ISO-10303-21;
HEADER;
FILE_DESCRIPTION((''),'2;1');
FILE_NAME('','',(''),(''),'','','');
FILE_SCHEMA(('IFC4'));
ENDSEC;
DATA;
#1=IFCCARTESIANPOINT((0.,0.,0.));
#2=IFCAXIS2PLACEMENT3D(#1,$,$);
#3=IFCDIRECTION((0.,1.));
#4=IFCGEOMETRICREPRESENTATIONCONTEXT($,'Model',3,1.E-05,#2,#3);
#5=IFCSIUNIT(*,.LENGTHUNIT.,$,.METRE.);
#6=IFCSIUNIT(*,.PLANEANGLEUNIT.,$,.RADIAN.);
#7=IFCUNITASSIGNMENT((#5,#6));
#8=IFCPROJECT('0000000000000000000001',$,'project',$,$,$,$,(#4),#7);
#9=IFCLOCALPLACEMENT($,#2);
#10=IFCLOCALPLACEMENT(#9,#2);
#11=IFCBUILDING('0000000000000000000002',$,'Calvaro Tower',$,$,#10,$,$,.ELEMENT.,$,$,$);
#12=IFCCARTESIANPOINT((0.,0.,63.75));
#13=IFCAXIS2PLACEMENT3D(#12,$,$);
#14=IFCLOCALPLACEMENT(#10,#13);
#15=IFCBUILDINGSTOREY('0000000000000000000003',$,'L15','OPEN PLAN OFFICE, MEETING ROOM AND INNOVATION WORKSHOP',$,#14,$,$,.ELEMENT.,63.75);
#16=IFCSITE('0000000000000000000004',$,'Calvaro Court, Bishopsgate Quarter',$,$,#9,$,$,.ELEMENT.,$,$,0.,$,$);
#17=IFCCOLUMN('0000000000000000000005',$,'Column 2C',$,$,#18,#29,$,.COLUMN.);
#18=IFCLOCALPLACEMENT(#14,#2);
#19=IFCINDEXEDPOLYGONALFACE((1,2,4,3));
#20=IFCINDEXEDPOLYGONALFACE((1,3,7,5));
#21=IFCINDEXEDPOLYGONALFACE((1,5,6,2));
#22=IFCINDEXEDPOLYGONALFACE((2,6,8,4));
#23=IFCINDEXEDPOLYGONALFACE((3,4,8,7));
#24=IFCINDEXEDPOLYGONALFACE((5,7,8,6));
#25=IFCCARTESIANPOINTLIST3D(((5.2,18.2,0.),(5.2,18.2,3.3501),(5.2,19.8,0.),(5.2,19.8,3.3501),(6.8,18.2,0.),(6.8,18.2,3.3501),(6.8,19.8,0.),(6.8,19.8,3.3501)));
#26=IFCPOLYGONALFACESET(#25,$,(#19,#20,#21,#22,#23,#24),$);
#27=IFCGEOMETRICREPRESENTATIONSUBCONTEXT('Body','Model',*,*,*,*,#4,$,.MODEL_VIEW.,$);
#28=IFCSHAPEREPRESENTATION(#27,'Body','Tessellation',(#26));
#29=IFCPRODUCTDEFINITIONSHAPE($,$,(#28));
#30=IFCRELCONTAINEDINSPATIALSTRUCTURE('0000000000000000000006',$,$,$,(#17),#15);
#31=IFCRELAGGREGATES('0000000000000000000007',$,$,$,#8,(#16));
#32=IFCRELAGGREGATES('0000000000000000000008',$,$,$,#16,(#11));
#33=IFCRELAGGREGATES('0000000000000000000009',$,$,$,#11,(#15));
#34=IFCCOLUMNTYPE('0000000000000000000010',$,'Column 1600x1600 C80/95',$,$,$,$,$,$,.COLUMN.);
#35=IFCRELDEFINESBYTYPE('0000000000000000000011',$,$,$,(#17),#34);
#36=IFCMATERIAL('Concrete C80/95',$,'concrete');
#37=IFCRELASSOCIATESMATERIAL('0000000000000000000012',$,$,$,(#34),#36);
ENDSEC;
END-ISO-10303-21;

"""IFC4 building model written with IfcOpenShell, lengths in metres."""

from ifc_helpers import new_model, si_unit, direction, frame, origin, origin_2d, place, context, subcontext, project, spatial, rectangle, extrude, material, material_profile, profile_set, type_object, element, save


model = new_model("IFC4")

# Units and contexts
model_context = context("Model", 3, precision=1e-05, world=origin(), true_north=direction((0.0, 1.0)))
body_context = subcontext(model_context, "Body", "Model", "MODEL_VIEW")
ifc_project = project(units=[si_unit("LENGTHUNIT", "METRE"), si_unit("PLANEANGLEUNIT", "RADIAN")], contexts=[model_context])

# Site, building, storey
site_placement = place(None, origin())
site = spatial("IfcSite", under=ifc_project, at=site_placement, Name="Calvaro Court, Bishopsgate Quarter", CompositionType="ELEMENT", RefElevation=0.0)
building_placement = place(site_placement, origin())
building = spatial("IfcBuilding", under=site, at=building_placement, Name="Calvaro Tower", CompositionType="ELEMENT")
storey_placement = place(building_placement, frame((0.0, 0.0, 63.75)))
storey = spatial("IfcBuildingStorey", under=building, at=storey_placement, Name="L15", Description="OPEN PLAN OFFICE, MEETING ROOM AND INNOVATION WORKSHOP", CompositionType="ELEMENT", Elevation=63.75)

# Column
ifc_material_1 = material(Name="Concrete C80/95", Category="concrete")
ifc_material_profile = material_profile(ifc_material_1, rectangle(XDim=1.6001, YDim=1.6001, at=origin_2d()), Name="RC 1600x1600")
ifc_profile_set = profile_set([ifc_material_profile], Name="Concrete C80/95")
column_type = type_object("IfcColumnType", Name="Column 1600x1600 C80/95", PredefinedType="COLUMN", material=ifc_profile_set)
column_placement = place(storey_placement, frame((6.0, 19.0, 0.0), z_axis=(0.0, 0.0, 1.0), x_axis=(1.0, 0.0, 0.0)))
element("IfcColumn", 1, at=column_placement, inside=storey, type_object=column_type, Name="Column 2C", PredefinedType="COLUMN", context=body_context, shape_type="SweptSolid", body=[
    extrude(rectangle(XDim=1.6001, YDim=1.6001, at=origin_2d()), origin(), (0.0, 0.0, 1.0), 3.3501),
])

save(model, "model.ifc")
